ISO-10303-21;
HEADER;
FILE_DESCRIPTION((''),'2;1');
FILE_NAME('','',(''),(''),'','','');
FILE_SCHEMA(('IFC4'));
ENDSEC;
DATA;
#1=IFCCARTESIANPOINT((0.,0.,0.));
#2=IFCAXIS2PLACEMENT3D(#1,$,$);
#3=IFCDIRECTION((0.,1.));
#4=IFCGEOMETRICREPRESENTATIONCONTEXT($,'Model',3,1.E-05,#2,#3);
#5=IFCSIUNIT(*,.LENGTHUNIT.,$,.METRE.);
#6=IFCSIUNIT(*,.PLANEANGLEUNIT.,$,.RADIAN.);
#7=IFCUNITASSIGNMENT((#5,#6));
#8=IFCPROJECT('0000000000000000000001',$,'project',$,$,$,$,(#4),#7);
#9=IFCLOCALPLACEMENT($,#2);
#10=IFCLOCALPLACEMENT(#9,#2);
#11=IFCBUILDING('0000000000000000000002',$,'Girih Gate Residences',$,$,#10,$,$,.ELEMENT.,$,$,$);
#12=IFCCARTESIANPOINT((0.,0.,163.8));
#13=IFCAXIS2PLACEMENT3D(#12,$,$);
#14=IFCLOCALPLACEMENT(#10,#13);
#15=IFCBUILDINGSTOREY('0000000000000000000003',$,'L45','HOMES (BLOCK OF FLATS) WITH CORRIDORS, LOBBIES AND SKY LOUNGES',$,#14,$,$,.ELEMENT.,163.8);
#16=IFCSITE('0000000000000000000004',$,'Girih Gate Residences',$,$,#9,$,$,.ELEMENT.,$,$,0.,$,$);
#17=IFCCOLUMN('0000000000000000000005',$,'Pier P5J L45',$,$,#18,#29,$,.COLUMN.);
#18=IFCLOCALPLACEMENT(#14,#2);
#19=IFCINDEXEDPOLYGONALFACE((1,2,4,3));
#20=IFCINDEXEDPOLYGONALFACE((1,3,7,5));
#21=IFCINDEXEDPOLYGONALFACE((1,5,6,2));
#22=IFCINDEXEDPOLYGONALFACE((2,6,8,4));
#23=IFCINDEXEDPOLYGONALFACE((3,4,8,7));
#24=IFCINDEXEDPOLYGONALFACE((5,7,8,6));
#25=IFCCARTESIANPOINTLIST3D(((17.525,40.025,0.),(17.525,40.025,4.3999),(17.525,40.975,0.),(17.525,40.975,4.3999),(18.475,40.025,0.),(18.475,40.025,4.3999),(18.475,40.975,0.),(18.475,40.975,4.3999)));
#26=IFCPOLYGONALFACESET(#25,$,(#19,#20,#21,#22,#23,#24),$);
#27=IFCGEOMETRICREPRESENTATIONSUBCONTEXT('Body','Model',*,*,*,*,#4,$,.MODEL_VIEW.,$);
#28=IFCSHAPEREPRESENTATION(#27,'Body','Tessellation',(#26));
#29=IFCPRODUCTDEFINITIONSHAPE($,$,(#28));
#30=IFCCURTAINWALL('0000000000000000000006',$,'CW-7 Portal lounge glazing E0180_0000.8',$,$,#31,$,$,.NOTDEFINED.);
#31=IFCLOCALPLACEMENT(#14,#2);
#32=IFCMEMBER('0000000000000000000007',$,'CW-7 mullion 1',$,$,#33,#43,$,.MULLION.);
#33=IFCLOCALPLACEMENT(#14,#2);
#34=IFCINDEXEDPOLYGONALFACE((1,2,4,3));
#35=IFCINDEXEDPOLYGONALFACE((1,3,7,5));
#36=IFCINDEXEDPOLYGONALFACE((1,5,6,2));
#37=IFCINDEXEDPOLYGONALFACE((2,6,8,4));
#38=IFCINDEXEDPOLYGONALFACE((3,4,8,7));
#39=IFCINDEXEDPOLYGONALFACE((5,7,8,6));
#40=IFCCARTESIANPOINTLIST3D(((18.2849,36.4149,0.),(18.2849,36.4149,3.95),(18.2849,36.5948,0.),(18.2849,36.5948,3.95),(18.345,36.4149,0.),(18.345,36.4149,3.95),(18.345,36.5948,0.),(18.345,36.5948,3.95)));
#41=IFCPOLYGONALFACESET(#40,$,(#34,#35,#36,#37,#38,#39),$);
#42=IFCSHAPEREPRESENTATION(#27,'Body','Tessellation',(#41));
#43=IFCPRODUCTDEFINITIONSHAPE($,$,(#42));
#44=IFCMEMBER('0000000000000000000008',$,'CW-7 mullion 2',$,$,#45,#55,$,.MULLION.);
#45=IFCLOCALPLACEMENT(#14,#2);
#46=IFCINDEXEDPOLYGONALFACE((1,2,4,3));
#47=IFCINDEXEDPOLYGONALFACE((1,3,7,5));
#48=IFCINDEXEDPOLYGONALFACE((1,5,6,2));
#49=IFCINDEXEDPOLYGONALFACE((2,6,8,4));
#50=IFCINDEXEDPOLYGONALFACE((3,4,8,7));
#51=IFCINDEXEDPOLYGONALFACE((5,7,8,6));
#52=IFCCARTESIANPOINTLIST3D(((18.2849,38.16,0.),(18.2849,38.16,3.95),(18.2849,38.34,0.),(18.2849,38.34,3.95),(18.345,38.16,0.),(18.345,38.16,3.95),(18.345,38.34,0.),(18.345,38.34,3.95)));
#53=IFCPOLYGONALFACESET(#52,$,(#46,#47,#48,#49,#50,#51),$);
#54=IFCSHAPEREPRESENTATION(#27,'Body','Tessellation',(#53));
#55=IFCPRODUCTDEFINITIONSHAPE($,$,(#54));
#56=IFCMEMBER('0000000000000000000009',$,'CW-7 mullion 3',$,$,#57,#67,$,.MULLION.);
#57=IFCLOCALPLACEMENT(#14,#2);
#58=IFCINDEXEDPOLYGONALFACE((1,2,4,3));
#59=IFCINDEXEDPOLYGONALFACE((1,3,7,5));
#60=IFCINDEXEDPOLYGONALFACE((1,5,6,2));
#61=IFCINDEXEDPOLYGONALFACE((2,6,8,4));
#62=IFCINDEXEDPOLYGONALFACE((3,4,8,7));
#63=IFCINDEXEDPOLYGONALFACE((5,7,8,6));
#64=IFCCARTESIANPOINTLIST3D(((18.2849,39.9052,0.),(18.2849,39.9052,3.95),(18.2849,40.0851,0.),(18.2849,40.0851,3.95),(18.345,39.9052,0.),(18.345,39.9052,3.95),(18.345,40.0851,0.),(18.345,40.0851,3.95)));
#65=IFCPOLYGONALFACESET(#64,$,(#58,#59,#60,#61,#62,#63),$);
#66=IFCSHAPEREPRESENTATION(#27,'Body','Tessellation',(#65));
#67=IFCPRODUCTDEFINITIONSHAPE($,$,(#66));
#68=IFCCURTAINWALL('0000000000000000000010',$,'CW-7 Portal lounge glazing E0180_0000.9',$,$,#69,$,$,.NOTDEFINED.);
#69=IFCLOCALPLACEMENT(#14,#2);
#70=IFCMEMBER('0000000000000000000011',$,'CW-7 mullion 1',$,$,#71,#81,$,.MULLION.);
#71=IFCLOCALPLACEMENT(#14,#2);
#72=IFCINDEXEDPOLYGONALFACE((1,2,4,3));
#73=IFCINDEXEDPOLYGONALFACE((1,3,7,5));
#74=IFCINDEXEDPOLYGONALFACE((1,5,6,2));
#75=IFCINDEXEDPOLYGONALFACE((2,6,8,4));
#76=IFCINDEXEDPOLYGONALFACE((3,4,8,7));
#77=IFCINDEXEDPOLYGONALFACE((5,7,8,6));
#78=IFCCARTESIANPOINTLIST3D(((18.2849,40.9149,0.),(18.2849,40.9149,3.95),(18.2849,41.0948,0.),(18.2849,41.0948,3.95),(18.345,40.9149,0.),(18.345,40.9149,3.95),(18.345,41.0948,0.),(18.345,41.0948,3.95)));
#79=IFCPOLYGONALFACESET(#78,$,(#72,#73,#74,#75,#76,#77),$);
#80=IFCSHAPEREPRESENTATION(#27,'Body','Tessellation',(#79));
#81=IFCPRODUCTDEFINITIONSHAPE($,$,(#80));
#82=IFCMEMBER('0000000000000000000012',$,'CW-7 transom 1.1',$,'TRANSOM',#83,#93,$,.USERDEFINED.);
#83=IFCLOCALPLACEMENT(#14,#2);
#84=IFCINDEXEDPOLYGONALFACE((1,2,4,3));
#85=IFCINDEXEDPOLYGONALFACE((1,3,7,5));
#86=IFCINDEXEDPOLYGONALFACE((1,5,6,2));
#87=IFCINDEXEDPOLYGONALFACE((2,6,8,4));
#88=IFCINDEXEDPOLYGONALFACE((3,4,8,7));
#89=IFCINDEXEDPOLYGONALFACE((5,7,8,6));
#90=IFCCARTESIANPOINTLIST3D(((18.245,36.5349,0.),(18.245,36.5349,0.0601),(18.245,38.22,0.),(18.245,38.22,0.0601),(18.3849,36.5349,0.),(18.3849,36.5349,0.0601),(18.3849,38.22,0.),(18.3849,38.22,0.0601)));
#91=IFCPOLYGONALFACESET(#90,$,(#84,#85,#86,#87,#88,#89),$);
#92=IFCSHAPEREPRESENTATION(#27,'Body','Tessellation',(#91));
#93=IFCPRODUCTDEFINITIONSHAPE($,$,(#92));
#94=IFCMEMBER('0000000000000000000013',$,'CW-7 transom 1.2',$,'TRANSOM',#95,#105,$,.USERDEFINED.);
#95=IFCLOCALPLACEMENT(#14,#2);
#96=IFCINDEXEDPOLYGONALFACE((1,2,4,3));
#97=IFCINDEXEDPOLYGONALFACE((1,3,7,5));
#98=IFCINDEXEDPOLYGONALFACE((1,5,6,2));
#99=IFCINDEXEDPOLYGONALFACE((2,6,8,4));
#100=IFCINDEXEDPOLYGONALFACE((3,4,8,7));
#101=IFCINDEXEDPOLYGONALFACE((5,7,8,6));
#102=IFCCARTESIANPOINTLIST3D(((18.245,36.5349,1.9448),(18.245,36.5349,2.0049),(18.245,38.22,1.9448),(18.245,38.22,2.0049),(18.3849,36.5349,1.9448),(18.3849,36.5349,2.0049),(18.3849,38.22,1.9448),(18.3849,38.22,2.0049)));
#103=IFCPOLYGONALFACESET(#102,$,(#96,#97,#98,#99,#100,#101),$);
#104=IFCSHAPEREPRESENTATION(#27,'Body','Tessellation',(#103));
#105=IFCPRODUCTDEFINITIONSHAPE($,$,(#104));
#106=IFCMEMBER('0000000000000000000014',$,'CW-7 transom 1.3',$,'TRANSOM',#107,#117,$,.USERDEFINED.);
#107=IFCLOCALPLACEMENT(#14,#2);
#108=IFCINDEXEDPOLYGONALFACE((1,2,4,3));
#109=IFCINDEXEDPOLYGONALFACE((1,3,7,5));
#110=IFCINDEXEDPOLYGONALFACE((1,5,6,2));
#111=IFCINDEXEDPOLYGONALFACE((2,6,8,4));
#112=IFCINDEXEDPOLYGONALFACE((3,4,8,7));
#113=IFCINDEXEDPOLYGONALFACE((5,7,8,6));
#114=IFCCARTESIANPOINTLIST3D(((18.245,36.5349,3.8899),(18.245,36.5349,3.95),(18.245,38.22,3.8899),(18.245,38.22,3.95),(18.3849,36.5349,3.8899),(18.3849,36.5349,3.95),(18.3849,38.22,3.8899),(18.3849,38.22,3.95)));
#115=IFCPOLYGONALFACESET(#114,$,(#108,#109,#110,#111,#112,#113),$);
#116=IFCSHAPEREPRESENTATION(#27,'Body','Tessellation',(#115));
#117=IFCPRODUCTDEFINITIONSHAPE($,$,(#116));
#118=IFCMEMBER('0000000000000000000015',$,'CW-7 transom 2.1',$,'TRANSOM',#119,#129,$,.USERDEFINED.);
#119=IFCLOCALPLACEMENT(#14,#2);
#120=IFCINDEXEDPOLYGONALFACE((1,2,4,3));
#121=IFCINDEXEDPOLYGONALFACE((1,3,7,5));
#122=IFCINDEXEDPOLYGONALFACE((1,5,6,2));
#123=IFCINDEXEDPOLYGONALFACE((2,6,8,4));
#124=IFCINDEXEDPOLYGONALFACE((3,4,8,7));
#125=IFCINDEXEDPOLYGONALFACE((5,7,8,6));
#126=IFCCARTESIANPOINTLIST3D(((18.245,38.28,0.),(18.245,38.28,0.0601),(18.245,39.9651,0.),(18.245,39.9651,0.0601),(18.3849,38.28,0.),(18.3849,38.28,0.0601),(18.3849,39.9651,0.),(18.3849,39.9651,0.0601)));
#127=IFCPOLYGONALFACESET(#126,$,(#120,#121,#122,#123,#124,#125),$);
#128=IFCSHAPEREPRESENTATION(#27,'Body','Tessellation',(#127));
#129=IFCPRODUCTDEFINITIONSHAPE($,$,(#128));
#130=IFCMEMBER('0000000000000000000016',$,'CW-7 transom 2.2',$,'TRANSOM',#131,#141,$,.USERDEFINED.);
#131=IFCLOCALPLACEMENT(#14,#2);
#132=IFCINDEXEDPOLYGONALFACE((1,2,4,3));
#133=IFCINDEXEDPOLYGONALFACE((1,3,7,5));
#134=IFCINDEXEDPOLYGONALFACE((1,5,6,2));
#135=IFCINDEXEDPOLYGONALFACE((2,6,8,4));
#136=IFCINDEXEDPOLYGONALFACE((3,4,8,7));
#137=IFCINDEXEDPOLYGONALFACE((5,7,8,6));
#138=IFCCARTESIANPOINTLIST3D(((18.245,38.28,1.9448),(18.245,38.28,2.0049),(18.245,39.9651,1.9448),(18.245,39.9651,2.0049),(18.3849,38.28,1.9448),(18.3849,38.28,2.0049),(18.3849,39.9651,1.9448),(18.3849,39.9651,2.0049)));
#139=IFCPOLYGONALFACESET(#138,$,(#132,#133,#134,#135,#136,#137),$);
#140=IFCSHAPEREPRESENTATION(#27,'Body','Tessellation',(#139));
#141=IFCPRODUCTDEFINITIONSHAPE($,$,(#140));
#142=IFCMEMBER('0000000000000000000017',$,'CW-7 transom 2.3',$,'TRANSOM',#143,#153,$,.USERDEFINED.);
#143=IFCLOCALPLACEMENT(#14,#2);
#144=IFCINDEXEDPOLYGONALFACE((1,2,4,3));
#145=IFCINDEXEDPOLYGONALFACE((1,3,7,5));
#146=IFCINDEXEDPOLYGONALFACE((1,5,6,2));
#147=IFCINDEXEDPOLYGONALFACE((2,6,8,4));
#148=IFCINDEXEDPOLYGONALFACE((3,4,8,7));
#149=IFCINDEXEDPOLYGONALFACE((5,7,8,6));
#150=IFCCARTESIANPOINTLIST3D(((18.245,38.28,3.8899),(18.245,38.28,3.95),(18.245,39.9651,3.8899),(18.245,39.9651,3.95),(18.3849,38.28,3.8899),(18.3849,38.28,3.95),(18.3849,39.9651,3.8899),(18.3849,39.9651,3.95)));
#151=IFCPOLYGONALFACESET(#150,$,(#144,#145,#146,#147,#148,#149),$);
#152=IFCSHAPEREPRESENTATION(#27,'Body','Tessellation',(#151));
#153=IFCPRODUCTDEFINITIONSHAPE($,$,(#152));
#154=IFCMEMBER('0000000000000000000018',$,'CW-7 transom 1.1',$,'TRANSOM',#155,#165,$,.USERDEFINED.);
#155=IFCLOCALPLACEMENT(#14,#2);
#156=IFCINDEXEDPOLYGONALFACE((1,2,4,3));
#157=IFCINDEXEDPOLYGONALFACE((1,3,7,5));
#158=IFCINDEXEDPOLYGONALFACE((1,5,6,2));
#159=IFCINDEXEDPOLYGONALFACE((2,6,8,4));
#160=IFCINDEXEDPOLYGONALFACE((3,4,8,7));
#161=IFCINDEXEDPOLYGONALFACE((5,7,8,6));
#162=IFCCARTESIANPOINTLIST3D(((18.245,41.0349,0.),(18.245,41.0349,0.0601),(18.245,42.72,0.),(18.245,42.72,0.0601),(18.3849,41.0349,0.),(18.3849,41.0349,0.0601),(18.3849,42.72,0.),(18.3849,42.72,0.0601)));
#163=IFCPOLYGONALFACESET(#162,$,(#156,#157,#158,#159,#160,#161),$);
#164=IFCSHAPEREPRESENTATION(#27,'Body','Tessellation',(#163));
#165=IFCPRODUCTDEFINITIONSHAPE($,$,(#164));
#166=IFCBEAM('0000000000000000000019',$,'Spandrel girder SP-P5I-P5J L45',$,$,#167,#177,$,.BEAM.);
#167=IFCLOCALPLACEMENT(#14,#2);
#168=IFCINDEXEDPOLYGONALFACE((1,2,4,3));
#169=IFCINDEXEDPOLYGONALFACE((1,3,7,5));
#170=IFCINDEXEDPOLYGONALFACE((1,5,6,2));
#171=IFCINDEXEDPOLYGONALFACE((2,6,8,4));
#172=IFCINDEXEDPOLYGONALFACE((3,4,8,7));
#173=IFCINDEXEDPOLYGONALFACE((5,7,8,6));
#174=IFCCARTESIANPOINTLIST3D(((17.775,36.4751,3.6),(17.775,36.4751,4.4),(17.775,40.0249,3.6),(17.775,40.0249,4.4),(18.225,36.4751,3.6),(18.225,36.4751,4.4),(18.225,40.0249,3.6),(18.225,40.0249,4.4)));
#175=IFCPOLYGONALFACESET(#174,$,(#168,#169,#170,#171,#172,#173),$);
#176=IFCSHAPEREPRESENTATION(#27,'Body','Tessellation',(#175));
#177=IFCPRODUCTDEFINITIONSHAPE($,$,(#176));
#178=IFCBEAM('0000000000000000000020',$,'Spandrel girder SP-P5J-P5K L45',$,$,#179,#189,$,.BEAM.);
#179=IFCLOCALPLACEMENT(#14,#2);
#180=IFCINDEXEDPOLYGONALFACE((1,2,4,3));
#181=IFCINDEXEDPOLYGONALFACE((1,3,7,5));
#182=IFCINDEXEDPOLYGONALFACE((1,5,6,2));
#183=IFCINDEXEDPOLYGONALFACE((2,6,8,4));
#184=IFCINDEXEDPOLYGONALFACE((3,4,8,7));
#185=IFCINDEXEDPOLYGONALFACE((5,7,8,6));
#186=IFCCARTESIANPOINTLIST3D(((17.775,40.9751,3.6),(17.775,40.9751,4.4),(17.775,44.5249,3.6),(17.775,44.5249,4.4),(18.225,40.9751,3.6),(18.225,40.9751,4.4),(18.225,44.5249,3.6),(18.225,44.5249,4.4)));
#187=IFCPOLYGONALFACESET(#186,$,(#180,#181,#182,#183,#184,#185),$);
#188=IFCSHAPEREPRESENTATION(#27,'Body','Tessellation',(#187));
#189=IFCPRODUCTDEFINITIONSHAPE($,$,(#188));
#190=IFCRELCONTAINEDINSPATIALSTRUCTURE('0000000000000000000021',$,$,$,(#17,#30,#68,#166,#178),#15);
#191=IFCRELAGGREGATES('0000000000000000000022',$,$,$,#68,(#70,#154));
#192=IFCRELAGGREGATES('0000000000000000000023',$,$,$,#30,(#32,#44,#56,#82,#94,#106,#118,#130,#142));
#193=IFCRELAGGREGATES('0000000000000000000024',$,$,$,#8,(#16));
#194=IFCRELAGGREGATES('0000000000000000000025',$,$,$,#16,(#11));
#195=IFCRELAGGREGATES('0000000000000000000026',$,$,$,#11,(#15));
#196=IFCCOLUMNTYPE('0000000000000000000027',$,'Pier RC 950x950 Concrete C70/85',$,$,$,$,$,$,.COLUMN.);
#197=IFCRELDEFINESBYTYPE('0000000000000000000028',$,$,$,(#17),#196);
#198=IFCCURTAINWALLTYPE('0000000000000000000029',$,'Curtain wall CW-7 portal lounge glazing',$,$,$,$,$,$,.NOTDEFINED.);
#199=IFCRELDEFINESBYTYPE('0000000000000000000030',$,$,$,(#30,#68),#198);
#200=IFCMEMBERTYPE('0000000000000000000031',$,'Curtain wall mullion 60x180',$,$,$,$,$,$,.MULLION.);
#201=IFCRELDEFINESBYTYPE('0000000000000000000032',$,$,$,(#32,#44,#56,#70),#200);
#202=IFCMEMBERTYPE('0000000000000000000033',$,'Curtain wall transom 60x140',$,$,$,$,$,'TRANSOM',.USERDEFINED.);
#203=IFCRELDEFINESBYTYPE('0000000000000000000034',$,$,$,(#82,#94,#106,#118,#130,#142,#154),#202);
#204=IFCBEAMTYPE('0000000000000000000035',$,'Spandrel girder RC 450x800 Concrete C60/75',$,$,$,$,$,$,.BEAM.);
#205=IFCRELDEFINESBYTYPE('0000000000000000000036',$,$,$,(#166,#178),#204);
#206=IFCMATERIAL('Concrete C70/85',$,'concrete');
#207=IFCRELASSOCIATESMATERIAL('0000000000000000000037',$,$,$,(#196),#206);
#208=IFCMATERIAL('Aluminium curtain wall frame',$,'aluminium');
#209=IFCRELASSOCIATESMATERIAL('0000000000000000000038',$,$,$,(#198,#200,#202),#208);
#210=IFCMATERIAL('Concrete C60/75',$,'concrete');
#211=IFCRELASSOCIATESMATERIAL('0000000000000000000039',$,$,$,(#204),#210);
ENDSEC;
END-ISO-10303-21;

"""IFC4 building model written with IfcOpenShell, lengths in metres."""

from ifc_helpers import new_model, si_unit, direction, frame, origin, origin_2d, place, context, subcontext, project, spatial, rectangle, extrude, material, material_profile, profile_set, type_object, element, aggregate, save


model = new_model("IFC4")

# Units and contexts
model_context = context("Model", 3, precision=1e-05, world=origin(), true_north=direction((0.0, 1.0)))
body_context = subcontext(model_context, "Body", "Model", "MODEL_VIEW")
ifc_project = project(units=[si_unit("LENGTHUNIT", "METRE"), si_unit("PLANEANGLEUNIT", "RADIAN")], contexts=[model_context])

# Site, building, storey
site_placement = place(None, origin())
site = spatial("IfcSite", under=ifc_project, at=site_placement, Name="Girih Gate Residences", CompositionType="ELEMENT", RefElevation=0.0)
building_placement = place(site_placement, origin())
building = spatial("IfcBuilding", under=site, at=building_placement, Name="Girih Gate Residences", CompositionType="ELEMENT")
storey_placement = place(building_placement, frame((0.0, 0.0, 163.8)))
storey = spatial("IfcBuildingStorey", under=building, at=storey_placement, Name="L45", Description="HOMES (BLOCK OF FLATS) WITH CORRIDORS, LOBBIES AND SKY LOUNGES", CompositionType="ELEMENT", Elevation=163.8)

# Column
ifc_material_1 = material(Name="Concrete C70/85", Category="concrete")
ifc_material_profile_1 = material_profile(ifc_material_1, rectangle(XDim=0.95, YDim=0.95, at=origin_2d()))
ifc_profile_set_1 = profile_set([ifc_material_profile_1], Name="Concrete C70/85")
column_type = type_object("IfcColumnType", Name="Pier RC 950x950 Concrete C70/85", PredefinedType="COLUMN", material=ifc_profile_set_1)
column_placement = place(storey_placement, frame((18.0, 40.5, 0.0), z_axis=(0.0, 0.0, 1.0), x_axis=(1.0, 0.0, 0.0)))
element("IfcColumn", 1, at=column_placement, inside=storey, type_object=column_type, Name="Pier P5J L45", PredefinedType="COLUMN", context=body_context, shape_type="SweptSolid", body=[
    extrude(rectangle(XDim=0.95, YDim=0.95, at=origin_2d()), origin(), (0.0, 0.0, 1.0), 4.3999),
])

# Curtain wall, members
ifc_material_2 = material(Name="Aluminium curtain wall frame", Category="aluminium")
curtain_wall_type = type_object("IfcCurtainWallType", Name="Curtain wall CW-7 portal lounge glazing", PredefinedType="NOTDEFINED", material=ifc_material_2)
curtain_wall_1_placement = place(storey_placement, origin())
curtain_wall_1 = element("IfcCurtainWall", 2, at=curtain_wall_1_placement, inside=storey, type_object=curtain_wall_type, Name="CW-7 Portal lounge glazing E0180_0000.8", PredefinedType="NOTDEFINED")
ifc_material_profile_2 = material_profile(ifc_material_2, rectangle(XDim=0.0601, YDim=0.1799, at=origin_2d()))
ifc_profile_set_2 = profile_set([ifc_material_profile_2], Name="Aluminium curtain wall frame")
member_type_1 = type_object("IfcMemberType", Name="Curtain wall mullion 60x180", PredefinedType="MULLION", material=ifc_profile_set_2)
member_1_placement = place(storey_placement, frame((18.3149, 36.5049, 0.0), z_axis=(0.0, 0.0, 1.0), x_axis=(-1.0, 0.0, 0.0)))
member_1 = element("IfcMember", 3, at=member_1_placement, type_object=member_type_1, Name="CW-7 mullion 1", PredefinedType="MULLION", context=body_context, shape_type="SweptSolid", body=[
    extrude(rectangle(XDim=0.0601, YDim=0.1799, at=origin_2d()), origin(), (0.0, 0.0, 1.0), 3.95),
])
member_2_placement = place(storey_placement, frame((18.3149, 38.25, 0.0), z_axis=(0.0, 0.0, 1.0), x_axis=(-1.0, 0.0, 0.0)))
member_2 = element("IfcMember", 4, at=member_2_placement, type_object=member_type_1, Name="CW-7 mullion 2", PredefinedType="MULLION", context=body_context, shape_type="SweptSolid", body=[
    extrude(rectangle(XDim=0.0601, YDim=0.1799, at=origin_2d()), origin(), (0.0, 0.0, 1.0), 3.95),
])
member_3_placement = place(storey_placement, frame((18.3149, 39.9951, 0.0), z_axis=(0.0, 0.0, 1.0), x_axis=(-1.0, 0.0, 0.0)))
member_3 = element("IfcMember", 5, at=member_3_placement, type_object=member_type_1, Name="CW-7 mullion 3", PredefinedType="MULLION", context=body_context, shape_type="SweptSolid", body=[
    extrude(rectangle(XDim=0.0601, YDim=0.1799, at=origin_2d()), origin(), (0.0, 0.0, 1.0), 3.95),
])

# Curtain wall, member
curtain_wall_2_placement = place(storey_placement, origin())
curtain_wall_2 = element("IfcCurtainWall", 6, at=curtain_wall_2_placement, inside=storey, type_object=curtain_wall_type, Name="CW-7 Portal lounge glazing E0180_0000.9", PredefinedType="NOTDEFINED")
member_4_placement = place(storey_placement, frame((18.3149, 41.0049, 0.0), z_axis=(0.0, 0.0, 1.0), x_axis=(-1.0, 0.0, 0.0)))
member_4 = element("IfcMember", 7, at=member_4_placement, type_object=member_type_1, Name="CW-7 mullion 1", PredefinedType="MULLION", context=body_context, shape_type="SweptSolid", body=[
    extrude(rectangle(XDim=0.0601, YDim=0.1799, at=origin_2d()), origin(), (0.0, 0.0, 1.0), 3.95),
])

# Members
ifc_material_profile_3 = material_profile(ifc_material_2, rectangle(XDim=0.1399, YDim=0.0601, at=origin_2d()))
ifc_profile_set_3 = profile_set([ifc_material_profile_3], Name="Aluminium curtain wall frame")
member_type_2 = type_object("IfcMemberType", Name="Curtain wall transom 60x140", ElementType="TRANSOM", PredefinedType="USERDEFINED", material=ifc_profile_set_3)
member_5_placement = place(storey_placement, frame((18.3149, 36.5349, 0.03), z_axis=(0.0, 1.0, 0.0), x_axis=(-1.0, 0.0, 0.0)))
member_5 = element("IfcMember", 8, at=member_5_placement, type_object=member_type_2, Name="CW-7 transom 1.1", ObjectType="TRANSOM", PredefinedType="USERDEFINED", context=body_context, shape_type="SweptSolid", body=[
    extrude(rectangle(XDim=0.1399, YDim=0.0601, at=origin_2d()), origin(), (0.0, 0.0, 1.0), 1.6851),
])
member_6_placement = place(storey_placement, frame((18.3149, 36.5349, 1.9749), z_axis=(0.0, 1.0, 0.0), x_axis=(-1.0, 0.0, 0.0)))
member_6 = element("IfcMember", 9, at=member_6_placement, type_object=member_type_2, Name="CW-7 transom 1.2", ObjectType="TRANSOM", PredefinedType="USERDEFINED", context=body_context, shape_type="SweptSolid", body=[
    extrude(rectangle(XDim=0.1399, YDim=0.0601, at=origin_2d()), origin(), (0.0, 0.0, 1.0), 1.6851),
])
member_7_placement = place(storey_placement, frame((18.3149, 36.5349, 3.9199), z_axis=(0.0, 1.0, 0.0), x_axis=(-1.0, 0.0, 0.0)))
member_7 = element("IfcMember", 10, at=member_7_placement, type_object=member_type_2, Name="CW-7 transom 1.3", ObjectType="TRANSOM", PredefinedType="USERDEFINED", context=body_context, shape_type="SweptSolid", body=[
    extrude(rectangle(XDim=0.1399, YDim=0.0601, at=origin_2d()), origin(), (0.0, 0.0, 1.0), 1.6851),
])
member_8_placement = place(storey_placement, frame((18.3149, 38.28, 0.03), z_axis=(0.0, 1.0, 0.0), x_axis=(-1.0, 0.0, 0.0)))
member_8 = element("IfcMember", 11, at=member_8_placement, type_object=member_type_2, Name="CW-7 transom 2.1", ObjectType="TRANSOM", PredefinedType="USERDEFINED", context=body_context, shape_type="SweptSolid", body=[
    extrude(rectangle(XDim=0.1399, YDim=0.0601, at=origin_2d()), origin(), (0.0, 0.0, 1.0), 1.6851),
])
member_9_placement = place(storey_placement, frame((18.3149, 38.28, 1.9749), z_axis=(0.0, 1.0, 0.0), x_axis=(-1.0, 0.0, 0.0)))
member_9 = element("IfcMember", 12, at=member_9_placement, type_object=member_type_2, Name="CW-7 transom 2.2", ObjectType="TRANSOM", PredefinedType="USERDEFINED", context=body_context, shape_type="SweptSolid", body=[
    extrude(rectangle(XDim=0.1399, YDim=0.0601, at=origin_2d()), origin(), (0.0, 0.0, 1.0), 1.6851),
])
member_10_placement = place(storey_placement, frame((18.3149, 38.28, 3.9199), z_axis=(0.0, 1.0, 0.0), x_axis=(-1.0, 0.0, 0.0)))
member_10 = element("IfcMember", 13, at=member_10_placement, type_object=member_type_2, Name="CW-7 transom 2.3", ObjectType="TRANSOM", PredefinedType="USERDEFINED", context=body_context, shape_type="SweptSolid", body=[
    extrude(rectangle(XDim=0.1399, YDim=0.0601, at=origin_2d()), origin(), (0.0, 0.0, 1.0), 1.6851),
])
member_11_placement = place(storey_placement, frame((18.3149, 41.0349, 0.03), z_axis=(0.0, 1.0, 0.0), x_axis=(-1.0, 0.0, 0.0)))
member_11 = element("IfcMember", 14, at=member_11_placement, type_object=member_type_2, Name="CW-7 transom 1.1", ObjectType="TRANSOM", PredefinedType="USERDEFINED", context=body_context, shape_type="SweptSolid", body=[
    extrude(rectangle(XDim=0.1399, YDim=0.0601, at=origin_2d()), origin(), (0.0, 0.0, 1.0), 1.6851),
])
aggregate(curtain_wall_2, [member_4, member_11])

# Beams
ifc_material_3 = material(Name="Concrete C60/75", Category="concrete")
ifc_material_profile_4 = material_profile(ifc_material_3, rectangle(XDim=0.45, YDim=0.8, at=origin_2d()))
ifc_profile_set_4 = profile_set([ifc_material_profile_4], Name="Concrete C60/75")
beam_type = type_object("IfcBeamType", Name="Spandrel girder RC 450x800 Concrete C60/75", PredefinedType="BEAM", material=ifc_profile_set_4)
for number, where, z_axis, x_axis, name in (
    (15, (18.0, 36.4751, 4.0), (0.0, 1.0, 0.0), (-1.0, 0.0, 0.0), "Spandrel girder SP-P5I-P5J L45"),
    (16, (18.0, 40.9751, 4.0), (0.0, 1.0, 0.0), (-1.0, 0.0, 0.0), "Spandrel girder SP-P5J-P5K L45"),
):
    element("IfcBeam", number, at=place(storey_placement, frame(where, z_axis=z_axis, x_axis=x_axis)), inside=storey, type_object=beam_type, Name=name, PredefinedType="BEAM", context=body_context, shape_type="SweptSolid", body=[
        extrude(rectangle(XDim=0.45, YDim=0.8, at=origin_2d()), origin(), (0.0, 0.0, 1.0), 3.5498),
    ])

aggregate(curtain_wall_1, [member_1, member_2, member_3, member_5, member_6, member_7, member_8, member_9, member_10])

save(model, "model.ifc")
